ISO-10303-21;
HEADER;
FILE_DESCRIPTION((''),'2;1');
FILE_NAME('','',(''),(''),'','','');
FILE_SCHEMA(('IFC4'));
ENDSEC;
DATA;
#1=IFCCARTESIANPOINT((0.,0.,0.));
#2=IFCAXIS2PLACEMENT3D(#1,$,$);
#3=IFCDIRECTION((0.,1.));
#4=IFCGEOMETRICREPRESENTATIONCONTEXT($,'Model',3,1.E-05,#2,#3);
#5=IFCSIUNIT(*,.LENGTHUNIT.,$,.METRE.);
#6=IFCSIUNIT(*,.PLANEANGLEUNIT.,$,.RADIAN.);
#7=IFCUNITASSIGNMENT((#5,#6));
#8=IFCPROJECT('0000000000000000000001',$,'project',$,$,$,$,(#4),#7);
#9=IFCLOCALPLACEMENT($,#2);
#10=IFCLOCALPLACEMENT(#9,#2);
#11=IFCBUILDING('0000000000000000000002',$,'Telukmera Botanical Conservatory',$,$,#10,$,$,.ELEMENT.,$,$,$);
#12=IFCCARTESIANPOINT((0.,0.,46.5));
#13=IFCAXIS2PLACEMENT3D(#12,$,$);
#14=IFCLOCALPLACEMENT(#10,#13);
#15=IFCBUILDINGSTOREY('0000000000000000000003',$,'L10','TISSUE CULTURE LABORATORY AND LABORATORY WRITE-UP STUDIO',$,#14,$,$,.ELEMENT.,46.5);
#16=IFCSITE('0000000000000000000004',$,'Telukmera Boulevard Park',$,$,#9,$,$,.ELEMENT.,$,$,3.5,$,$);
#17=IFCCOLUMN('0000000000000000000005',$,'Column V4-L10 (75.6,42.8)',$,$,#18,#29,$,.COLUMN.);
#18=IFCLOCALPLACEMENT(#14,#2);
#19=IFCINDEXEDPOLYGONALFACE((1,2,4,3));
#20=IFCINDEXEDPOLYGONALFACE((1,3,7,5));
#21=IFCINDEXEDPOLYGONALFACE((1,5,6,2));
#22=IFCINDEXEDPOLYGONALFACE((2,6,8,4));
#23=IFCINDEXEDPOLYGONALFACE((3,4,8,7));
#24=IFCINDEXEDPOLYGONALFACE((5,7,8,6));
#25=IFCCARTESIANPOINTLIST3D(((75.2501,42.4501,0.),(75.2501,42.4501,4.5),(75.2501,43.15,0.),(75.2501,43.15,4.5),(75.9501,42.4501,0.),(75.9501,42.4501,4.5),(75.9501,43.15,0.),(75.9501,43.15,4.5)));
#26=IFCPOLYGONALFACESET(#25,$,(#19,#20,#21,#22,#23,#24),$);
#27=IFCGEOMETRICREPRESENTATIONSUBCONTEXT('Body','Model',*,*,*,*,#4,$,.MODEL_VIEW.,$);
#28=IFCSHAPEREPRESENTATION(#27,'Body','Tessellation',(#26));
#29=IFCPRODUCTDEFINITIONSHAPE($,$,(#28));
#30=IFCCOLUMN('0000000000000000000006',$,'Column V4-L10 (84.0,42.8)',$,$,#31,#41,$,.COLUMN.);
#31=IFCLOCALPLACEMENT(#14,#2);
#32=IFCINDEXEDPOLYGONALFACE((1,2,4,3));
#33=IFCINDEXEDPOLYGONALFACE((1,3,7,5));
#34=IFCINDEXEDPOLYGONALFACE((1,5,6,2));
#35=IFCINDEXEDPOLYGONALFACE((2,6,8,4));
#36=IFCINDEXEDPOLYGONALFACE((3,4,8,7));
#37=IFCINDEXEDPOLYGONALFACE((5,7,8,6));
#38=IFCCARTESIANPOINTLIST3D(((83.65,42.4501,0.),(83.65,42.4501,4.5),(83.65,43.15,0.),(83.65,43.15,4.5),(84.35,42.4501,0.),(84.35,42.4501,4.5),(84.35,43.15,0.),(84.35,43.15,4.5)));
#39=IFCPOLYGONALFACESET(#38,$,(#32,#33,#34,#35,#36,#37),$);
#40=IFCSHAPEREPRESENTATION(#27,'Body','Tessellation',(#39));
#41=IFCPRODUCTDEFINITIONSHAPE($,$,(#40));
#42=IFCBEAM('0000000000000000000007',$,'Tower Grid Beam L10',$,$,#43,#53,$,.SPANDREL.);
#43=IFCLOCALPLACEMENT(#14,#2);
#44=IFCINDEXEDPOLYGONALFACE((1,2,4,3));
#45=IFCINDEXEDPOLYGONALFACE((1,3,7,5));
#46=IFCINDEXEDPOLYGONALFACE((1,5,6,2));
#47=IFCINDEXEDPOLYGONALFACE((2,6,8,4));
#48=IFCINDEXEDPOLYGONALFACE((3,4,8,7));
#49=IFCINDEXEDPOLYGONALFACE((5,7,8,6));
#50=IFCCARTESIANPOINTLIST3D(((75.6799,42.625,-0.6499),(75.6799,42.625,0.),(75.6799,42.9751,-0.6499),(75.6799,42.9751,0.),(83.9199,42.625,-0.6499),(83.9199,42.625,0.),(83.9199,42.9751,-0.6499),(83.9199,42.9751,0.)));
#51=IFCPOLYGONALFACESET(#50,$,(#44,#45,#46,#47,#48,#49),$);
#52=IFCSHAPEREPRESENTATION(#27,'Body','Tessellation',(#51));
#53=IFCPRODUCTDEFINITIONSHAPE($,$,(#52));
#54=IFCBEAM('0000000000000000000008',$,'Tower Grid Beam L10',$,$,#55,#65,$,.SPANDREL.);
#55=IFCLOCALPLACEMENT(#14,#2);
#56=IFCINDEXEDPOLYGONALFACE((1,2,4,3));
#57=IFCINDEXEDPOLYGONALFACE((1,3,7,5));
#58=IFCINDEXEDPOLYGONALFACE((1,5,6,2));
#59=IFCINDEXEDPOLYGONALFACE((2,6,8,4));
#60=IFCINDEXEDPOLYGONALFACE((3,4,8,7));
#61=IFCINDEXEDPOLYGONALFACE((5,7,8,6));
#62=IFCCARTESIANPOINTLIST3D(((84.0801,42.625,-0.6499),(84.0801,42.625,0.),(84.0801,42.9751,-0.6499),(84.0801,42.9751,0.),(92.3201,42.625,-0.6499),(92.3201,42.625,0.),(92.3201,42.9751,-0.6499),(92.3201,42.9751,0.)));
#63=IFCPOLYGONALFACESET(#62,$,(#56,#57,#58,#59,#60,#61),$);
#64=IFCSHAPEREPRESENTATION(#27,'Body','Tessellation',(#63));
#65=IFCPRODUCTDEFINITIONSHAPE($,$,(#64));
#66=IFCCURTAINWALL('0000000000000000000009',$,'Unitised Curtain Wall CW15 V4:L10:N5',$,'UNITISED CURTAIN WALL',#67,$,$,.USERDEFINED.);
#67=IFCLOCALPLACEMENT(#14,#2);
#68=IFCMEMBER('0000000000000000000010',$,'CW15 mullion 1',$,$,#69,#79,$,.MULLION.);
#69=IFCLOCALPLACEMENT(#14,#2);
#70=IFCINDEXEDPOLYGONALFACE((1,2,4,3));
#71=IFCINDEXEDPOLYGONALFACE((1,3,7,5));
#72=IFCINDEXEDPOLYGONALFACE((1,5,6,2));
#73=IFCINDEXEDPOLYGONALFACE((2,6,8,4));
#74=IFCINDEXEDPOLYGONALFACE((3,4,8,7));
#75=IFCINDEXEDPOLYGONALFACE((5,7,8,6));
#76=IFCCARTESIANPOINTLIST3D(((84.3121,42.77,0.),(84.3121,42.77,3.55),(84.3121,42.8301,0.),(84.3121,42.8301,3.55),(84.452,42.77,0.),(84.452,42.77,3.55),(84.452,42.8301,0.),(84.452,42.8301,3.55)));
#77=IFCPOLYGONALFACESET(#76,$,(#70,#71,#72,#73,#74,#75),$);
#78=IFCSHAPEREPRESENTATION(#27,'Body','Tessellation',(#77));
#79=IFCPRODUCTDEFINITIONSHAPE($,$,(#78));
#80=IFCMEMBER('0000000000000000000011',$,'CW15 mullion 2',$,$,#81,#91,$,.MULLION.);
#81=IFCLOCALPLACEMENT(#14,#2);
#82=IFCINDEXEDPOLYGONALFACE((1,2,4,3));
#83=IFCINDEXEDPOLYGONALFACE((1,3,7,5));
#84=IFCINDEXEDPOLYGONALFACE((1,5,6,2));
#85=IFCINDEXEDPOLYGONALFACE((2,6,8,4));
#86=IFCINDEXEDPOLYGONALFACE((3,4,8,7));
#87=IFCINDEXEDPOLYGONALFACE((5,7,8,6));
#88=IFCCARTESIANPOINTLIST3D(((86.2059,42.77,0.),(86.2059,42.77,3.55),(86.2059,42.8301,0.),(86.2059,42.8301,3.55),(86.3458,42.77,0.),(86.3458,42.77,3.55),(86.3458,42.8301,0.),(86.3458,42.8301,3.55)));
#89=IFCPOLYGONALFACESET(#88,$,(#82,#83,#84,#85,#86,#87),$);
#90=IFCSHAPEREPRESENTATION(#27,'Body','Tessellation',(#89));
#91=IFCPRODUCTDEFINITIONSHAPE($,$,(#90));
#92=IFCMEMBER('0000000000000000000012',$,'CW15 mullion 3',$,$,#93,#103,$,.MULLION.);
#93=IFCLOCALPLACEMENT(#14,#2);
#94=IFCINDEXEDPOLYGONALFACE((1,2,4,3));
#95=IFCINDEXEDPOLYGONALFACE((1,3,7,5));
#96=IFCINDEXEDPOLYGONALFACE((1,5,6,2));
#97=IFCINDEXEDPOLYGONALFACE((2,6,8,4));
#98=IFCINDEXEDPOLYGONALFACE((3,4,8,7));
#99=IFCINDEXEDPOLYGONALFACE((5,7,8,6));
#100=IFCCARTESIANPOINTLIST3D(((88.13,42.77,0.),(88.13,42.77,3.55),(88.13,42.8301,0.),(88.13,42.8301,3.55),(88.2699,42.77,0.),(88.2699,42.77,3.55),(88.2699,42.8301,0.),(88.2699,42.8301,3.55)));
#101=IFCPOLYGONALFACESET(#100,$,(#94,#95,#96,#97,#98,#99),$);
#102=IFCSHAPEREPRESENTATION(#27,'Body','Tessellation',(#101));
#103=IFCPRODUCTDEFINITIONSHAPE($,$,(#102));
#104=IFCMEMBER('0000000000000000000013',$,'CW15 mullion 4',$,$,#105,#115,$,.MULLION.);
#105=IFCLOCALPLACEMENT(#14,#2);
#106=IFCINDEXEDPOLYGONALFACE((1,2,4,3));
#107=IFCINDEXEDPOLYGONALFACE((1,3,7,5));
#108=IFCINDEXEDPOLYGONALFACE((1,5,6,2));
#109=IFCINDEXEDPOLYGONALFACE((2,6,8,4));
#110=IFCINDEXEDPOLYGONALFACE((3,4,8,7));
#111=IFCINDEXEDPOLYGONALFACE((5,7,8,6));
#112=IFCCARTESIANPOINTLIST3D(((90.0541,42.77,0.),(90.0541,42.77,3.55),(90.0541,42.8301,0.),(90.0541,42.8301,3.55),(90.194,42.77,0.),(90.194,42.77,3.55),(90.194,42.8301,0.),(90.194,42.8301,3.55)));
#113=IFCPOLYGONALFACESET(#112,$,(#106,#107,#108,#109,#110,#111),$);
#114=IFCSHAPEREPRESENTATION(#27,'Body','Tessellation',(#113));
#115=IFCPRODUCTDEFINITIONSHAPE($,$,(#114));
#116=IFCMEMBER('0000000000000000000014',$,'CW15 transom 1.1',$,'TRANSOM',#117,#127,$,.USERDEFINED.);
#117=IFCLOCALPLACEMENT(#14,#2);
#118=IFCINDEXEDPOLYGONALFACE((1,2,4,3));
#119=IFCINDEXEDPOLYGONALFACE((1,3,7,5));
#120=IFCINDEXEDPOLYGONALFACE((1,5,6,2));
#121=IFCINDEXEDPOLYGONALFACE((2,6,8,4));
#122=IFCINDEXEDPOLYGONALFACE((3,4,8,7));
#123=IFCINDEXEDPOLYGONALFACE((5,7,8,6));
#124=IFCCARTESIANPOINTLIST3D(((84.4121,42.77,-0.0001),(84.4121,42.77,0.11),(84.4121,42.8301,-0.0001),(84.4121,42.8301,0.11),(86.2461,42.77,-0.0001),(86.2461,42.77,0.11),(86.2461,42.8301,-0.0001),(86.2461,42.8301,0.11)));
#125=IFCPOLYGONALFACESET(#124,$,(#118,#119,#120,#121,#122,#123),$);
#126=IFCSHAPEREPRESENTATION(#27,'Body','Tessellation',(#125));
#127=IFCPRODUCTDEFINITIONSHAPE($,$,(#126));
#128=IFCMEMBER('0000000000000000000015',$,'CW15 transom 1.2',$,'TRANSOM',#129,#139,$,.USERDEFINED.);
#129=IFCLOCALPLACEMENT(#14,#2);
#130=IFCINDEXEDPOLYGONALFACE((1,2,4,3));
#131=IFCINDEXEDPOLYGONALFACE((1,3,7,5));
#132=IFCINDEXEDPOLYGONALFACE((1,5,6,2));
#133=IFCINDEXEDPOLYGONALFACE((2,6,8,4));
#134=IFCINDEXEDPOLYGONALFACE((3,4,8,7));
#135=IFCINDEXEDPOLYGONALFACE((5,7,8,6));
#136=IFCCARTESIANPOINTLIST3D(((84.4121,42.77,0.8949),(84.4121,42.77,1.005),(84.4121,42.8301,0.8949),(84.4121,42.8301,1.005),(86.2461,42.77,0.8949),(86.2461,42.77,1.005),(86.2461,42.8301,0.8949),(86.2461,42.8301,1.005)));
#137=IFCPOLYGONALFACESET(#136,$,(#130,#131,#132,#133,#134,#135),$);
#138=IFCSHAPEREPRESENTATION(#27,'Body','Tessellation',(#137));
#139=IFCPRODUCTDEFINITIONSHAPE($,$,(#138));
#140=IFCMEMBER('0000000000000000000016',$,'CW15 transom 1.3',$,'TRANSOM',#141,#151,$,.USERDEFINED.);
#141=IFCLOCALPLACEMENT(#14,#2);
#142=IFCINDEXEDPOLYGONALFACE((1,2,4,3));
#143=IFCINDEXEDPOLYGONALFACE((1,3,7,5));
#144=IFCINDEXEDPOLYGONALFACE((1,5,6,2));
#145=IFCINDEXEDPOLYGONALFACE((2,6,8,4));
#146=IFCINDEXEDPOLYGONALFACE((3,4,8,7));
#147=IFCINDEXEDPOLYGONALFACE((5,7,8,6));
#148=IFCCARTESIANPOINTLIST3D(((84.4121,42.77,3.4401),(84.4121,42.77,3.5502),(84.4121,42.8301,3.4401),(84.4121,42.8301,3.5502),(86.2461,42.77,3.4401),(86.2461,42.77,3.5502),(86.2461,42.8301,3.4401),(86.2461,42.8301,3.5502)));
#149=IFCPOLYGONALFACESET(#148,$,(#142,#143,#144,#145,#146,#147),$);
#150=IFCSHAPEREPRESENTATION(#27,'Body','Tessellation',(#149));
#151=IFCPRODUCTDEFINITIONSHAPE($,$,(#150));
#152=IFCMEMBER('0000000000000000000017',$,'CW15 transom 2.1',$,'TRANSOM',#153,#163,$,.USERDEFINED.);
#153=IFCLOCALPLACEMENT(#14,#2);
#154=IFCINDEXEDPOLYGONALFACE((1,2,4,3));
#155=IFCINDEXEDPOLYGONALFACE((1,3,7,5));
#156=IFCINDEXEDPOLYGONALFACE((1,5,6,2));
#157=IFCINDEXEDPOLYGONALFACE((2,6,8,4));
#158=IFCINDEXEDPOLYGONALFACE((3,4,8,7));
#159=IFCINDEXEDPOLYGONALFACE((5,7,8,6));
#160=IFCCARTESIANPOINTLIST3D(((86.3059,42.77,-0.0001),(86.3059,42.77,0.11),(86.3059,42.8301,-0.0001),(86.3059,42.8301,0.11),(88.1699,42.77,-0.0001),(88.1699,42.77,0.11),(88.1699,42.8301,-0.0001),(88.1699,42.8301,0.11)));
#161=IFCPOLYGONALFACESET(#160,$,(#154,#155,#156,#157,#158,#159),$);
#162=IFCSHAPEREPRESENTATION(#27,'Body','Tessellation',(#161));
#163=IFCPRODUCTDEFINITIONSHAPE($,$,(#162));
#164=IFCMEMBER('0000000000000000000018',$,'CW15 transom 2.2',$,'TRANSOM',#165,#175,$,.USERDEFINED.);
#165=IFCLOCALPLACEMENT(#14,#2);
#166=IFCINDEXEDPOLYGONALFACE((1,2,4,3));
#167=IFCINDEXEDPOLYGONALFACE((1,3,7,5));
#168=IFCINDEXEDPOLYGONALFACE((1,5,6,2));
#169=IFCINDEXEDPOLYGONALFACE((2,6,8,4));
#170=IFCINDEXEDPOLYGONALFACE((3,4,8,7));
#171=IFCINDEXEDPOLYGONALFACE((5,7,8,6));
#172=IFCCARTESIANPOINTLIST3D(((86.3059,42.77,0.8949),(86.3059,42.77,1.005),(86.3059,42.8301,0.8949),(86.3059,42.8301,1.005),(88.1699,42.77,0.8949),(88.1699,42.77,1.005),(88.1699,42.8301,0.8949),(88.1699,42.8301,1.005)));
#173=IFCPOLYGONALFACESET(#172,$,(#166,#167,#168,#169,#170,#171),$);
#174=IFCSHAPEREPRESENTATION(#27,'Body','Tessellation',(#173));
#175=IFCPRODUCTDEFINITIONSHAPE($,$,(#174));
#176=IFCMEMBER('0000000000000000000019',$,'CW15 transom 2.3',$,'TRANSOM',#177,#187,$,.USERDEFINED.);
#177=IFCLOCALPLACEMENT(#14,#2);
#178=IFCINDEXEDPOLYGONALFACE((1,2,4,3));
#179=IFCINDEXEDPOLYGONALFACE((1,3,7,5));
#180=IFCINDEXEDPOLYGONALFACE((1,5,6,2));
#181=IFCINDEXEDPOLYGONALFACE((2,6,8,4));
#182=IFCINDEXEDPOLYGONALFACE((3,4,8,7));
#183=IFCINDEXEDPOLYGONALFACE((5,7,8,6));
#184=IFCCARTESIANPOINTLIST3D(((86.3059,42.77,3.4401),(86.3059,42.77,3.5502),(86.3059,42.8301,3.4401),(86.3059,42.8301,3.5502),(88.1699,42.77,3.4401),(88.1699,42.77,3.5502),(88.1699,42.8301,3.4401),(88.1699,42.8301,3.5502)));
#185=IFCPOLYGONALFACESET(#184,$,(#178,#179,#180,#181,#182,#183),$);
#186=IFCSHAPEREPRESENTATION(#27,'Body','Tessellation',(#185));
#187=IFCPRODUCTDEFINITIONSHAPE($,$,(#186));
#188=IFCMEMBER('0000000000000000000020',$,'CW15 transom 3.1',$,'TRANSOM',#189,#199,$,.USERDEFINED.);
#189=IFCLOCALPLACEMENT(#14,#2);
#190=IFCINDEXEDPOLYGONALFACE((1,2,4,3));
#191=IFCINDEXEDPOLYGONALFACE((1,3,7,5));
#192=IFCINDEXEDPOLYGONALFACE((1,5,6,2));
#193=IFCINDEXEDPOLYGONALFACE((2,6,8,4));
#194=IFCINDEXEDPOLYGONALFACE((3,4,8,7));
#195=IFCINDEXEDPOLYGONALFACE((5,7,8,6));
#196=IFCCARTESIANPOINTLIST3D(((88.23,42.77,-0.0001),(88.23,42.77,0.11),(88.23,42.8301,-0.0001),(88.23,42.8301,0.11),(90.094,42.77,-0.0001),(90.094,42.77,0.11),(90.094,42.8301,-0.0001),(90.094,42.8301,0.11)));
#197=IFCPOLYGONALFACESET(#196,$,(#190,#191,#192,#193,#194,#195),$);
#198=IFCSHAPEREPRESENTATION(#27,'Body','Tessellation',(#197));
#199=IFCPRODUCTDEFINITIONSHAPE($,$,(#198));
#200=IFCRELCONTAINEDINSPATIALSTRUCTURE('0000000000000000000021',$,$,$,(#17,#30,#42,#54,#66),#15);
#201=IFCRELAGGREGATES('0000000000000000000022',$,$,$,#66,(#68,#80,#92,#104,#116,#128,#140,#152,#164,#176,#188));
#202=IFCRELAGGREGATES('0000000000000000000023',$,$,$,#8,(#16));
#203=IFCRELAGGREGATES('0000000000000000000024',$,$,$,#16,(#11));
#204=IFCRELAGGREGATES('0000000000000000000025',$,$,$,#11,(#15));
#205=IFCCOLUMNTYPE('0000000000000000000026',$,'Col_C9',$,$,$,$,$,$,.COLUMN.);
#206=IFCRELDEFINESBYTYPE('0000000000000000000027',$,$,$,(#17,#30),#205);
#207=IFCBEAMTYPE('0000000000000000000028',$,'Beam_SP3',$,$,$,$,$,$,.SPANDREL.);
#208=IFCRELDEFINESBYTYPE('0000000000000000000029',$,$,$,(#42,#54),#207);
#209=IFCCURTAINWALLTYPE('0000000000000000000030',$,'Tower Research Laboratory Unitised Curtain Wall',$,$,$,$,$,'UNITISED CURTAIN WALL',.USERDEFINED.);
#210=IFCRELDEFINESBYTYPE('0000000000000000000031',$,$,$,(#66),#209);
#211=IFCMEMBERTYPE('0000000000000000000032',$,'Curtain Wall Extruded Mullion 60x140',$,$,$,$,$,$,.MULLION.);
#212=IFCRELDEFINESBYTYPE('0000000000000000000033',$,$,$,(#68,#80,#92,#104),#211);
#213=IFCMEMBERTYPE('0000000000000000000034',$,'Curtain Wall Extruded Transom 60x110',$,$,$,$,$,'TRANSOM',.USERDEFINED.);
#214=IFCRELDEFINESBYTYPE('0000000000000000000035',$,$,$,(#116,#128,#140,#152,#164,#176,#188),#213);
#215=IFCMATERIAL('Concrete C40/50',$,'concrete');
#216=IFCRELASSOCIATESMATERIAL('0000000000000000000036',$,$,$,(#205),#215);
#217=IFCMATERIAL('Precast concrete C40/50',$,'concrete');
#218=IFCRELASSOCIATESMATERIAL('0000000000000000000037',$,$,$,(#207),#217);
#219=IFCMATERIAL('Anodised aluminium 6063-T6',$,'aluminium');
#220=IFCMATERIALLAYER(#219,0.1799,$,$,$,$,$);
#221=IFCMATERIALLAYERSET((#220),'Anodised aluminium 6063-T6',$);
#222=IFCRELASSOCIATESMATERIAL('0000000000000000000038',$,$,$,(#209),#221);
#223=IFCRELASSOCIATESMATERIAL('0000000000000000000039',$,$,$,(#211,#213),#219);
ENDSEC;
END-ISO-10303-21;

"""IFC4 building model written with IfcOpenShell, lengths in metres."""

from ifc_helpers import new_model, si_unit, direction, frame, origin, origin_2d, place, context, subcontext, project, spatial, rectangle, extrude, material, layer, layer_set, material_profile, profile_set, type_object, element, aggregate, save


model = new_model("IFC4")

# Units and contexts
model_context = context("Model", 3, precision=1e-05, world=origin(), true_north=direction((0.0, 1.0)))
body_context = subcontext(model_context, "Body", "Model", "MODEL_VIEW")
ifc_project = project(units=[si_unit("LENGTHUNIT", "METRE"), si_unit("PLANEANGLEUNIT", "RADIAN")], contexts=[model_context])

# Site, building, storey
site_placement = place(None, origin())
site = spatial("IfcSite", under=ifc_project, at=site_placement, Name="Telukmera Boulevard Park", CompositionType="ELEMENT", RefElevation=3.5)
building_placement = place(site_placement, origin())
building = spatial("IfcBuilding", under=site, at=building_placement, Name="Telukmera Botanical Conservatory", CompositionType="ELEMENT")
storey_placement = place(building_placement, frame((0.0, 0.0, 46.5)))
storey = spatial("IfcBuildingStorey", under=building, at=storey_placement, Name="L10", Description="TISSUE CULTURE LABORATORY AND LABORATORY WRITE-UP STUDIO", CompositionType="ELEMENT", Elevation=46.5)

# Columns
ifc_material_1 = material(Name="Concrete C40/50", Category="concrete")
ifc_material_profile_1 = material_profile(ifc_material_1, rectangle(XDim=0.7, YDim=0.7, at=origin_2d()), Name="RC 700x700")
ifc_profile_set_1 = profile_set([ifc_material_profile_1], Name="Concrete C40/50")
column_type = type_object("IfcColumnType", Name="Col_C9", PredefinedType="COLUMN", material=ifc_profile_set_1)
for number, where, z_axis, x_axis, name in (
    (1, (75.6001, 42.8, 0.0), (0.0, 0.0, 1.0), (1.0, 0.0, 0.0), "Column V4-L10 (75.6,42.8)"),
    (2, (84.0, 42.8, 0.0), (0.0, 0.0, 1.0), (1.0, 0.0, 0.0), "Column V4-L10 (84.0,42.8)"),
):
    element("IfcColumn", number, at=place(storey_placement, frame(where, z_axis=z_axis, x_axis=x_axis)), inside=storey, type_object=column_type, Name=name, PredefinedType="COLUMN", context=body_context, shape_type="SweptSolid", body=[
        extrude(rectangle(XDim=0.7, YDim=0.7, at=origin_2d()), origin(), (0.0, 0.0, 1.0), 4.5),
    ])

# Beams
ifc_material_2 = material(Name="Precast concrete C40/50", Category="concrete")
ifc_material_profile_2 = material_profile(ifc_material_2, rectangle(XDim=0.3501, YDim=0.6499, at=origin_2d()), Name="PC 350x650")
ifc_profile_set_2 = profile_set([ifc_material_profile_2], Name="Precast concrete C40/50")
beam_type = type_object("IfcBeamType", Name="Beam_SP3", PredefinedType="SPANDREL", material=ifc_profile_set_2)
for number, where, z_axis, x_axis, name in (
    (3, (75.6799, 42.8, -0.325), (1.0, 0.0, 0.0), (0.0, 1.0, 0.0), "Tower Grid Beam L10"),
    (4, (84.0801, 42.8, -0.325), (1.0, 0.0, 0.0), (0.0, 1.0, 0.0), "Tower Grid Beam L10"),
):
    element("IfcBeam", number, at=place(storey_placement, frame(where, z_axis=z_axis, x_axis=x_axis)), inside=storey, type_object=beam_type, Name=name, PredefinedType="SPANDREL", context=body_context, shape_type="SweptSolid", body=[
        extrude(rectangle(XDim=0.3501, YDim=0.6499, at=origin_2d()), origin(), (0.0, 0.0, 1.0), 8.24),
    ])

# Curtain wall, members
ifc_material_3 = material(Name="Anodised aluminium 6063-T6", Category="aluminium")
ifc_layer_1 = layer(ifc_material_3, 0.1799)
ifc_layer_set_1 = layer_set([ifc_layer_1], Name="Anodised aluminium 6063-T6")
curtain_wall_type = type_object("IfcCurtainWallType", Name="Tower Research Laboratory Unitised Curtain Wall", ElementType="UNITISED CURTAIN WALL", PredefinedType="USERDEFINED", material=ifc_layer_set_1)
curtain_wall_placement = place(storey_placement, origin())
curtain_wall = element("IfcCurtainWall", 5, at=curtain_wall_placement, inside=storey, type_object=curtain_wall_type, Name="Unitised Curtain Wall CW15 V4:L10:N5", ObjectType="UNITISED CURTAIN WALL", PredefinedType="USERDEFINED")
ifc_material_profile_3 = material_profile(ifc_material_3, rectangle(XDim=0.0601, YDim=0.1399, at=origin_2d()), Name="ALU MULL 60x140")
ifc_profile_set_3 = profile_set([ifc_material_profile_3], Name="Anodised aluminium 6063-T6")
member_type_1 = type_object("IfcMemberType", Name="Curtain Wall Extruded Mullion 60x140", PredefinedType="MULLION", material=ifc_profile_set_3)
member_1_placement = place(storey_placement, frame((84.3821, 42.8, 0.0), z_axis=(0.0, 0.0, 1.0), x_axis=(0.0, 1.0, 0.0)))
member_1 = element("IfcMember", 6, at=member_1_placement, type_object=member_type_1, Name="CW15 mullion 1", PredefinedType="MULLION", context=body_context, shape_type="SweptSolid", body=[
    extrude(rectangle(XDim=0.0601, YDim=0.1399, at=origin_2d()), origin(), (0.0, 0.0, 1.0), 3.55),
])
member_2_placement = place(storey_placement, frame((86.2759, 42.8, 0.0), z_axis=(0.0, 0.0, 1.0), x_axis=(0.0, 1.0, 0.0)))
member_2 = element("IfcMember", 7, at=member_2_placement, type_object=member_type_1, Name="CW15 mullion 2", PredefinedType="MULLION", context=body_context, shape_type="SweptSolid", body=[
    extrude(rectangle(XDim=0.0601, YDim=0.1399, at=origin_2d()), origin(), (0.0, 0.0, 1.0), 3.55),
])
member_3_placement = place(storey_placement, frame((88.2, 42.8, 0.0), z_axis=(0.0, 0.0, 1.0), x_axis=(0.0, 1.0, 0.0)))
member_3 = element("IfcMember", 8, at=member_3_placement, type_object=member_type_1, Name="CW15 mullion 3", PredefinedType="MULLION", context=body_context, shape_type="SweptSolid", body=[
    extrude(rectangle(XDim=0.0601, YDim=0.1399, at=origin_2d()), origin(), (0.0, 0.0, 1.0), 3.55),
])
member_4_placement = place(storey_placement, frame((90.124, 42.8, 0.0), z_axis=(0.0, 0.0, 1.0), x_axis=(0.0, 1.0, 0.0)))
member_4 = element("IfcMember", 9, at=member_4_placement, type_object=member_type_1, Name="CW15 mullion 4", PredefinedType="MULLION", context=body_context, shape_type="SweptSolid", body=[
    extrude(rectangle(XDim=0.0601, YDim=0.1399, at=origin_2d()), origin(), (0.0, 0.0, 1.0), 3.55),
])
ifc_material_profile_4 = material_profile(ifc_material_3, rectangle(XDim=0.0601, YDim=0.1101, at=origin_2d()), Name="ALU TRAN 60x110")
ifc_profile_set_4 = profile_set([ifc_material_profile_4], Name="Anodised aluminium 6063-T6")
member_type_2 = type_object("IfcMemberType", Name="Curtain Wall Extruded Transom 60x110", ElementType="TRANSOM", PredefinedType="USERDEFINED", material=ifc_profile_set_4)
member_5_placement = place(storey_placement, frame((84.4121, 42.8, 0.0549), z_axis=(1.0, 0.0, 0.0), x_axis=(0.0, 1.0, 0.0)))
member_5 = element("IfcMember", 10, at=member_5_placement, type_object=member_type_2, Name="CW15 transom 1.1", ObjectType="TRANSOM", PredefinedType="USERDEFINED", context=body_context, shape_type="SweptSolid", body=[
    extrude(rectangle(XDim=0.0601, YDim=0.1101, at=origin_2d()), origin(), (0.0, 0.0, 1.0), 1.834),
])
member_6_placement = place(storey_placement, frame((84.4121, 42.8, 0.95), z_axis=(1.0, 0.0, 0.0), x_axis=(0.0, 1.0, 0.0)))
member_6 = element("IfcMember", 11, at=member_6_placement, type_object=member_type_2, Name="CW15 transom 1.2", ObjectType="TRANSOM", PredefinedType="USERDEFINED", context=body_context, shape_type="SweptSolid", body=[
    extrude(rectangle(XDim=0.0601, YDim=0.1101, at=origin_2d()), origin(), (0.0, 0.0, 1.0), 1.834),
])
member_7_placement = place(storey_placement, frame((84.4121, 42.8, 3.4951), z_axis=(1.0, 0.0, 0.0), x_axis=(0.0, 1.0, 0.0)))
member_7 = element("IfcMember", 12, at=member_7_placement, type_object=member_type_2, Name="CW15 transom 1.3", ObjectType="TRANSOM", PredefinedType="USERDEFINED", context=body_context, shape_type="SweptSolid", body=[
    extrude(rectangle(XDim=0.0601, YDim=0.1101, at=origin_2d()), origin(), (0.0, 0.0, 1.0), 1.834),
])
member_8_placement = place(storey_placement, frame((86.3059, 42.8, 0.0549), z_axis=(1.0, 0.0, 0.0), x_axis=(0.0, 1.0, 0.0)))
member_8 = element("IfcMember", 13, at=member_8_placement, type_object=member_type_2, Name="CW15 transom 2.1", ObjectType="TRANSOM", PredefinedType="USERDEFINED", context=body_context, shape_type="SweptSolid", body=[
    extrude(rectangle(XDim=0.0601, YDim=0.1101, at=origin_2d()), origin(), (0.0, 0.0, 1.0), 1.864),
])
member_9_placement = place(storey_placement, frame((86.3059, 42.8, 0.95), z_axis=(1.0, 0.0, 0.0), x_axis=(0.0, 1.0, 0.0)))
member_9 = element("IfcMember", 14, at=member_9_placement, type_object=member_type_2, Name="CW15 transom 2.2", ObjectType="TRANSOM", PredefinedType="USERDEFINED", context=body_context, shape_type="SweptSolid", body=[
    extrude(rectangle(XDim=0.0601, YDim=0.1101, at=origin_2d()), origin(), (0.0, 0.0, 1.0), 1.864),
])
member_10_placement = place(storey_placement, frame((86.3059, 42.8, 3.4951), z_axis=(1.0, 0.0, 0.0), x_axis=(0.0, 1.0, 0.0)))
member_10 = element("IfcMember", 15, at=member_10_placement, type_object=member_type_2, Name="CW15 transom 2.3", ObjectType="TRANSOM", PredefinedType="USERDEFINED", context=body_context, shape_type="SweptSolid", body=[
    extrude(rectangle(XDim=0.0601, YDim=0.1101, at=origin_2d()), origin(), (0.0, 0.0, 1.0), 1.864),
])
member_11_placement = place(storey_placement, frame((88.23, 42.8, 0.0549), z_axis=(1.0, 0.0, 0.0), x_axis=(0.0, 1.0, 0.0)))
member_11 = element("IfcMember", 16, at=member_11_placement, type_object=member_type_2, Name="CW15 transom 3.1", ObjectType="TRANSOM", PredefinedType="USERDEFINED", context=body_context, shape_type="SweptSolid", body=[
    extrude(rectangle(XDim=0.0601, YDim=0.1101, at=origin_2d()), origin(), (0.0, 0.0, 1.0), 1.864),
])
aggregate(curtain_wall, [member_1, member_2, member_3, member_4, member_5, member_6, member_7, member_8, member_9, member_10, member_11])

save(model, "model.ifc")
